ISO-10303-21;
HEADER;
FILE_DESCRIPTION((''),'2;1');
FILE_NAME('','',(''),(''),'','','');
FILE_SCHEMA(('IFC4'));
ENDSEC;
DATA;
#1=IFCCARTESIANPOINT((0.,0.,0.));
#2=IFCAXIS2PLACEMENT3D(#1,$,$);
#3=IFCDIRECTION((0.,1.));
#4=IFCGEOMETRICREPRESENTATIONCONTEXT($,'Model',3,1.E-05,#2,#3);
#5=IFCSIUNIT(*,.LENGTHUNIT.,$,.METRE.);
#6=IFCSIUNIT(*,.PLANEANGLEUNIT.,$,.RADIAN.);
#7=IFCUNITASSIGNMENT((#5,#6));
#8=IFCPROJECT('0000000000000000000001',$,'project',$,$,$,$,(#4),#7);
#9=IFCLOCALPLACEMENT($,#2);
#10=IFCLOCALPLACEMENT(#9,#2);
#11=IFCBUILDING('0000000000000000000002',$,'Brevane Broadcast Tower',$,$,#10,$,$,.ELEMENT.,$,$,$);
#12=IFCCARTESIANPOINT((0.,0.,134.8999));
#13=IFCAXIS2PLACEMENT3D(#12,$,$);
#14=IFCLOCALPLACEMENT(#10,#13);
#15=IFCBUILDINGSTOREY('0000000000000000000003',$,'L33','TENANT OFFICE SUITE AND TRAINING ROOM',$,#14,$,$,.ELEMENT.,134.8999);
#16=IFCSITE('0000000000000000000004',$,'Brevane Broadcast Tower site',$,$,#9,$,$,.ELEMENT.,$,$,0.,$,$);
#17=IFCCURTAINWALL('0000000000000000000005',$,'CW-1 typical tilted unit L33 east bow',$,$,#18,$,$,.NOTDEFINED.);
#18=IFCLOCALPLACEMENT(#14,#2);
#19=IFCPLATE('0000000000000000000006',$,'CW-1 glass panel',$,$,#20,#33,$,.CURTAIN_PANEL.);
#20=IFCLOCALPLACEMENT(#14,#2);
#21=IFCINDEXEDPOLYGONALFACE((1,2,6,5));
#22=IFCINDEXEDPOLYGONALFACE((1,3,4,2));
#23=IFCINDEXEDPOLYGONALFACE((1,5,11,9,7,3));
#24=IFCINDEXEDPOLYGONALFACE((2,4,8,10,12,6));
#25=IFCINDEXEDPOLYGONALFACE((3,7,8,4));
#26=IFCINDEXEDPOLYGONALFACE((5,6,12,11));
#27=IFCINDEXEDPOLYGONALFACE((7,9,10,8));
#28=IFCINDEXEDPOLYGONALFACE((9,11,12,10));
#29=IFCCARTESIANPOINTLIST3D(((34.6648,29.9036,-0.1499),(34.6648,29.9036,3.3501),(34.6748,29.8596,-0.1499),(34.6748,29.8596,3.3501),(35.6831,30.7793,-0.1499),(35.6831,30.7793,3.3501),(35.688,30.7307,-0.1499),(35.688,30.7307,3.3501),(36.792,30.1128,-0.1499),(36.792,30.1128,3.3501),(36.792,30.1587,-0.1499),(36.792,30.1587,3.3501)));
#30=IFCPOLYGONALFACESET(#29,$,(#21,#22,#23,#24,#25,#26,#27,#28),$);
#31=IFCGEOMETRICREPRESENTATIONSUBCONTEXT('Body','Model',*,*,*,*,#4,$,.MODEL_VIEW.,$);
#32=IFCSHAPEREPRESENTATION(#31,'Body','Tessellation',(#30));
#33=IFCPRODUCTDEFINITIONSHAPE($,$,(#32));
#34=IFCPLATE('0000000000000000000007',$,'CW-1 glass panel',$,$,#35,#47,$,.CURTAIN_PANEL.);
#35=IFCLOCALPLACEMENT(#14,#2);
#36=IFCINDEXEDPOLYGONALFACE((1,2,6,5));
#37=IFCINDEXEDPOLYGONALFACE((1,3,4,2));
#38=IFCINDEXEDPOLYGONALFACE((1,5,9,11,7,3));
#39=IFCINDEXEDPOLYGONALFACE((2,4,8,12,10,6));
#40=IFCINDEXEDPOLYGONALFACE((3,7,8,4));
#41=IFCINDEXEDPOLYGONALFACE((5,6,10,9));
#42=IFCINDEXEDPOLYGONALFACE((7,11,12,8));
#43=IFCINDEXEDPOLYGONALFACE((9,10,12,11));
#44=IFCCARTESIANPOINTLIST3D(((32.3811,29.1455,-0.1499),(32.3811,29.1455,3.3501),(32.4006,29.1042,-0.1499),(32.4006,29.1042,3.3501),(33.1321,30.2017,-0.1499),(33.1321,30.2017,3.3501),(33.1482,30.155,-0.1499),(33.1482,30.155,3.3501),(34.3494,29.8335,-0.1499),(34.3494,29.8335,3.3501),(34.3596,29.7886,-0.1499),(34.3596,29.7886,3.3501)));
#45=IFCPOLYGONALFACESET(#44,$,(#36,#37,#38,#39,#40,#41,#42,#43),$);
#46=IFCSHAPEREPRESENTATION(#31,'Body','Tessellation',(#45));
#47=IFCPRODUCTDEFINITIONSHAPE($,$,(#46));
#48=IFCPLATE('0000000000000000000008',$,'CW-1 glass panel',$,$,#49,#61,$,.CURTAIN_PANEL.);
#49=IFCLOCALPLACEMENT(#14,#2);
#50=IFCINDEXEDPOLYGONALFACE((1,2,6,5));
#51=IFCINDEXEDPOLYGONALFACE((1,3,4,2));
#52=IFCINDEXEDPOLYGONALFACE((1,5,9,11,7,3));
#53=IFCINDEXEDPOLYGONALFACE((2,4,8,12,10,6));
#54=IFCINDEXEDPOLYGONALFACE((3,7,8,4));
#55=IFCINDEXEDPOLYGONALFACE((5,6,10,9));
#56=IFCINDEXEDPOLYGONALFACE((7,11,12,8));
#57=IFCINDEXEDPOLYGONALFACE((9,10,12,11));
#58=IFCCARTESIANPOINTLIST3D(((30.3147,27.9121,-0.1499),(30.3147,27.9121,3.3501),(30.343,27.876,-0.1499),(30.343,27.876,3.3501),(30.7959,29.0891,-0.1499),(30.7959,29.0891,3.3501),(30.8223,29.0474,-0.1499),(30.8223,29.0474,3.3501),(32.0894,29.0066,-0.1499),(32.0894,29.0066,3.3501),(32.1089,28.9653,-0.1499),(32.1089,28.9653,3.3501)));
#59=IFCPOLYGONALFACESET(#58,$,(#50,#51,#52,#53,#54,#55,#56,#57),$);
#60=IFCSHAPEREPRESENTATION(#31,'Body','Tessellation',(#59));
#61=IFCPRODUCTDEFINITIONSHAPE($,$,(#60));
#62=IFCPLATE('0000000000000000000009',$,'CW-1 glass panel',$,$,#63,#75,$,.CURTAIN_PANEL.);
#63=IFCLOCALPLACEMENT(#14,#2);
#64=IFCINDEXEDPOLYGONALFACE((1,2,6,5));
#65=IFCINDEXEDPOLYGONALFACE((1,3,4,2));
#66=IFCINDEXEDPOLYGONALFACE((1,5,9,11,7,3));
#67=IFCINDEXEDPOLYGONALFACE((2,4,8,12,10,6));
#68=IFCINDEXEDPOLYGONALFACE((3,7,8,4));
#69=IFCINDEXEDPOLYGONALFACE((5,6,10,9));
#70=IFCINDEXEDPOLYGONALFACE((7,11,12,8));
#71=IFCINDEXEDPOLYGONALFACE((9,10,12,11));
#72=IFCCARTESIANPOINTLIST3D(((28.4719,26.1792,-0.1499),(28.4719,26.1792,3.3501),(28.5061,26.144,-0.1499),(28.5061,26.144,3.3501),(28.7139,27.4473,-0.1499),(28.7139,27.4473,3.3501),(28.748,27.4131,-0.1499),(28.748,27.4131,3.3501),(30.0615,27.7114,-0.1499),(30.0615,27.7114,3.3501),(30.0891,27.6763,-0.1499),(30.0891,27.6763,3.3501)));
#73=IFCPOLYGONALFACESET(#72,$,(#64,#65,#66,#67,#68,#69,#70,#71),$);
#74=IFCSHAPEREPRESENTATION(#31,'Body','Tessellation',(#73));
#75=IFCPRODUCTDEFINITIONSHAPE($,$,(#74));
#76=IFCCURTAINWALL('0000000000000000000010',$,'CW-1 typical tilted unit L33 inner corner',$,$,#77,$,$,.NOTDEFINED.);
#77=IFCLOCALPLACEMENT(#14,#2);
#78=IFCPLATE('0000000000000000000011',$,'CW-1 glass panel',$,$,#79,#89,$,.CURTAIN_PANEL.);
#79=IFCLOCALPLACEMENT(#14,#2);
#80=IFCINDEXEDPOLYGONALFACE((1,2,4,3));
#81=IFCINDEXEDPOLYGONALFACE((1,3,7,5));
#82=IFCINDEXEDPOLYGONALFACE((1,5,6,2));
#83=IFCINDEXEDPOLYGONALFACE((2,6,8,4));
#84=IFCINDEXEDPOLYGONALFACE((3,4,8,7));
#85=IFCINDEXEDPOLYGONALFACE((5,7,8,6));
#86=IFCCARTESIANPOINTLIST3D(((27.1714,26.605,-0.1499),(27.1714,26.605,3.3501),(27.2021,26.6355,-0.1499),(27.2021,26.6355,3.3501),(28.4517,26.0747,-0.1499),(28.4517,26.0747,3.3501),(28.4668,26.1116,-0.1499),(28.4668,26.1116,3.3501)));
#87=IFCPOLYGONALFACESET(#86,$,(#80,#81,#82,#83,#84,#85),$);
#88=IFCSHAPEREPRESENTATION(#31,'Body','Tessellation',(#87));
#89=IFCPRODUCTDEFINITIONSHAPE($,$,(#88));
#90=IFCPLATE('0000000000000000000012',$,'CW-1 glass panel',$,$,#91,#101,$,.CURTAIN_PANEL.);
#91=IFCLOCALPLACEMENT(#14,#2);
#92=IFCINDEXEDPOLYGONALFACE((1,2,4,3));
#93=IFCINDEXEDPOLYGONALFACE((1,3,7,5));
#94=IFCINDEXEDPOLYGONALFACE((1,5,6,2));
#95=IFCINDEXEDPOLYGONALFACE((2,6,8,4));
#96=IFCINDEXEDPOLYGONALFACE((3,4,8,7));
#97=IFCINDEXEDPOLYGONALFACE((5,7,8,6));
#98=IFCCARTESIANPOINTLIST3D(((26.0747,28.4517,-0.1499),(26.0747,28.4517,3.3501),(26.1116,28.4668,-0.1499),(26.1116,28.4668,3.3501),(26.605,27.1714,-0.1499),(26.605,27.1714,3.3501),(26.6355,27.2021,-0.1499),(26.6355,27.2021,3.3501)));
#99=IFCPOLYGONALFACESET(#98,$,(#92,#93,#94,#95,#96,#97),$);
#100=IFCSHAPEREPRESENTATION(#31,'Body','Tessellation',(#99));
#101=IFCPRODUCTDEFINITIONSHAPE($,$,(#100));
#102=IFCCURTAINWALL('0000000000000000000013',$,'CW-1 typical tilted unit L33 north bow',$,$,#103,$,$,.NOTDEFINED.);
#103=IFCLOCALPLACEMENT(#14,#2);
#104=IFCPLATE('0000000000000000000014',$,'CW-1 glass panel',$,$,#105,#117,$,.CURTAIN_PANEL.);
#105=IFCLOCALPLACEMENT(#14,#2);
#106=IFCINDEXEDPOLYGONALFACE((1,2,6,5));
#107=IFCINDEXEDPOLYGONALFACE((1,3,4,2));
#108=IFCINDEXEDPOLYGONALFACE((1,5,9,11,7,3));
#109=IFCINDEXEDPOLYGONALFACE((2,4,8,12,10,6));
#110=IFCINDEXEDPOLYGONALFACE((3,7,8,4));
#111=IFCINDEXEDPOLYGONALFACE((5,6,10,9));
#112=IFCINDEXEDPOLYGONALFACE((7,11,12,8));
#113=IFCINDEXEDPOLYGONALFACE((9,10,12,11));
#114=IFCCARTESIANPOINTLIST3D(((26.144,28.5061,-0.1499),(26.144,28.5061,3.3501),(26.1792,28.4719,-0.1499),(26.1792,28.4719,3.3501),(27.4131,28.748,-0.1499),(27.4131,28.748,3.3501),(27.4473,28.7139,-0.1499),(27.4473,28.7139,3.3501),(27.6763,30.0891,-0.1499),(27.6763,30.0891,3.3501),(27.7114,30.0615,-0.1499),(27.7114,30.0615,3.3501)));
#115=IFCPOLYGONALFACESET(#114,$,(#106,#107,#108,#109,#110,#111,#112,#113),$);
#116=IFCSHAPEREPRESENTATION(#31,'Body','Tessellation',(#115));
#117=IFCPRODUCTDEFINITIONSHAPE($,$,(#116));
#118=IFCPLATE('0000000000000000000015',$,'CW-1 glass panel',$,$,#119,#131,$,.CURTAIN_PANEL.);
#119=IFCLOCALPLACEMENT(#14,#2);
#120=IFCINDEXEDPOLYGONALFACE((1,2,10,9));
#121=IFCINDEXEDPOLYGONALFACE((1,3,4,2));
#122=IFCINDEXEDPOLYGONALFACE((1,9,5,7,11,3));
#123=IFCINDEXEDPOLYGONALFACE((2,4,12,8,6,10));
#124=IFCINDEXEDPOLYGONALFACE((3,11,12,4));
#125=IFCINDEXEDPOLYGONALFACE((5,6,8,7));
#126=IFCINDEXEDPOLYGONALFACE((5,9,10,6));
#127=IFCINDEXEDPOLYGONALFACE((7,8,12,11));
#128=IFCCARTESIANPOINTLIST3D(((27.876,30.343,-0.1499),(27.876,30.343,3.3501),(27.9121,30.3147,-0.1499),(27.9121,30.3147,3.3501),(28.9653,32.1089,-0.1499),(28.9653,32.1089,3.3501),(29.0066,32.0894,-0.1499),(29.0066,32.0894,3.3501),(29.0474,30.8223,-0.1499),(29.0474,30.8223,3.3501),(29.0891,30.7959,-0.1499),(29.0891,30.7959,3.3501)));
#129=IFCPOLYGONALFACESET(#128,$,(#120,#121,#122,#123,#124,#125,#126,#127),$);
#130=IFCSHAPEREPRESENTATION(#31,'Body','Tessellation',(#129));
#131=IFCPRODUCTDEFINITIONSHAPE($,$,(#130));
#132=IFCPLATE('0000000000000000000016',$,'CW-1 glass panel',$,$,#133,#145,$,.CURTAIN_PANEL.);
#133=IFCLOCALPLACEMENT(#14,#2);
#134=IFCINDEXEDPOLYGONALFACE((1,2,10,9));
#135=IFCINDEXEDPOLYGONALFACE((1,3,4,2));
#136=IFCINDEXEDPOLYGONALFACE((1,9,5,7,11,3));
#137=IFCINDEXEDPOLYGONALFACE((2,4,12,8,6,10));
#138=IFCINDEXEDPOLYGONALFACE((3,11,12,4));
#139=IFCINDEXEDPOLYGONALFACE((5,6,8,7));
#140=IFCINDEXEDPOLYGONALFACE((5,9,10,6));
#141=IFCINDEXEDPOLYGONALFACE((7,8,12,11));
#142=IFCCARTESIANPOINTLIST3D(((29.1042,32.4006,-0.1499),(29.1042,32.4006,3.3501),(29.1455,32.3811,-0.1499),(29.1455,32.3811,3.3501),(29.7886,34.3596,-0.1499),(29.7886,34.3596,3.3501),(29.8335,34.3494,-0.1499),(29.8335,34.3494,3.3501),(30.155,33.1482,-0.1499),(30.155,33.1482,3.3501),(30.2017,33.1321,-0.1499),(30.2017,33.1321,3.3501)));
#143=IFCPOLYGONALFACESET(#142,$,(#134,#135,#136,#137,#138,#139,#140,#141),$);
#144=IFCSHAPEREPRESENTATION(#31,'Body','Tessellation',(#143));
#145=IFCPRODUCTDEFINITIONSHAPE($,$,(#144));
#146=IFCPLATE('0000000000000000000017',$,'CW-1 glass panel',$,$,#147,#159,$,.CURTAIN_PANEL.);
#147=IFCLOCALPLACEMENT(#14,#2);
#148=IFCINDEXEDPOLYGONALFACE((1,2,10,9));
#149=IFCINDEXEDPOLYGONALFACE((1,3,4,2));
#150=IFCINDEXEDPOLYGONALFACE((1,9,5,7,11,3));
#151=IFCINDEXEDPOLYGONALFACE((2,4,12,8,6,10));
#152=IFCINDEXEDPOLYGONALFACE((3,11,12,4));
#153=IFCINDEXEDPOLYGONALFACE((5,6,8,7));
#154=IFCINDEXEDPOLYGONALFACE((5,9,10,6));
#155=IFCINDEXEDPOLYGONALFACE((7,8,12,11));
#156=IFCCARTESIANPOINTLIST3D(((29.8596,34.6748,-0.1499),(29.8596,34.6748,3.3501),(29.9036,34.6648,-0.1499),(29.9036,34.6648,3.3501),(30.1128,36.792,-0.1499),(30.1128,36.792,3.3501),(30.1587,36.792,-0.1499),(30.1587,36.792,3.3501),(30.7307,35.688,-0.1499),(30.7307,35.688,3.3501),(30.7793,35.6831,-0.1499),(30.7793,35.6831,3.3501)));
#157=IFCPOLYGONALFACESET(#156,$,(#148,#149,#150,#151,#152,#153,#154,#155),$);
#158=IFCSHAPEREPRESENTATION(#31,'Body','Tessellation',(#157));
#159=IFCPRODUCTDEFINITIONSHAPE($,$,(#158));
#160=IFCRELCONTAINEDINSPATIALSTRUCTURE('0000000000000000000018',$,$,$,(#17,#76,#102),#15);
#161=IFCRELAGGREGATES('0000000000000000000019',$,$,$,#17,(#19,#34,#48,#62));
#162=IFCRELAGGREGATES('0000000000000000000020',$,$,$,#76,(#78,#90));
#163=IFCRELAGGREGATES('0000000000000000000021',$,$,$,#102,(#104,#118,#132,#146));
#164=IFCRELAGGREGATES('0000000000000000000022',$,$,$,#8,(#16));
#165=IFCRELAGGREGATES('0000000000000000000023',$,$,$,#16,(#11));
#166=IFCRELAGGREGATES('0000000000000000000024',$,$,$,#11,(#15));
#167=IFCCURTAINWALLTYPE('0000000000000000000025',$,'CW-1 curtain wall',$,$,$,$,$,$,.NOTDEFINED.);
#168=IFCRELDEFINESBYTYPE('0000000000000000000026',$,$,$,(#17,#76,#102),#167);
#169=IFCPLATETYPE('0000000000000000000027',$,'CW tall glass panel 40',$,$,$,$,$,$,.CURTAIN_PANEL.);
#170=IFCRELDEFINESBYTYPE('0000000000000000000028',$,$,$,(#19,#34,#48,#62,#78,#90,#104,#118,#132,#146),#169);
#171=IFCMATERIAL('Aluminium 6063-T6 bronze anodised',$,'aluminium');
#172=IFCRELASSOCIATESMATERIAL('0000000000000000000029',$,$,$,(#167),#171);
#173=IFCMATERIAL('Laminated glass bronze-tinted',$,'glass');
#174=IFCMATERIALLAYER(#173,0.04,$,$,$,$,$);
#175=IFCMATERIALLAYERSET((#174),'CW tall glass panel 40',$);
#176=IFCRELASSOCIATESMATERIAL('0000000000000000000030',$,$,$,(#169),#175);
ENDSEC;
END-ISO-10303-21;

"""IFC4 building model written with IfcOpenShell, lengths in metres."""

from ifc_helpers import new_model, si_unit, direction, frame, origin, place, context, subcontext, project, spatial, polyline, outline, extrude, material, layer, layer_set, type_object, element, aggregate, save


model = new_model("IFC4")

# Units and contexts
model_context = context("Model", 3, precision=1e-05, world=origin(), true_north=direction((0.0, 1.0)))
body_context = subcontext(model_context, "Body", "Model", "MODEL_VIEW")
ifc_project = project(units=[si_unit("LENGTHUNIT", "METRE"), si_unit("PLANEANGLEUNIT", "RADIAN")], contexts=[model_context])

# Site, building, storey
site_placement = place(None, origin())
site = spatial("IfcSite", under=ifc_project, at=site_placement, Name="Brevane Broadcast Tower site", CompositionType="ELEMENT", RefElevation=0.0)
building_placement = place(site_placement, origin())
building = spatial("IfcBuilding", under=site, at=building_placement, Name="Brevane Broadcast Tower", CompositionType="ELEMENT")
storey_placement = place(building_placement, frame((0.0, 0.0, 134.8999)))
storey = spatial("IfcBuildingStorey", under=building, at=storey_placement, Name="L33", Description="TENANT OFFICE SUITE AND TRAINING ROOM", CompositionType="ELEMENT", Elevation=134.8999)

# Curtain walls, plates
ifc_material_1 = material(Name="Aluminium 6063-T6 bronze anodised", Category="aluminium")
curtain_wall_type = type_object("IfcCurtainWallType", Name="CW-1 curtain wall", PredefinedType="NOTDEFINED", material=ifc_material_1)
ifc_material_2 = material(Name="Laminated glass bronze-tinted", Category="glass")
ifc_layer = layer(ifc_material_2, 0.04)
ifc_layer_set = layer_set([ifc_layer], Name="CW tall glass panel 40")
plate_type = type_object("IfcPlateType", Name="CW tall glass panel 40", PredefinedType="CURTAIN_PANEL", material=ifc_layer_set)
curtain_wall_1_placement = place(storey_placement, origin())
curtain_wall_1 = element("IfcCurtainWall", 1, at=curtain_wall_1_placement, inside=storey, type_object=curtain_wall_type, Name="CW-1 typical tilted unit L33 east bow", PredefinedType="NOTDEFINED")
plate_1_placement = place(storey_placement, frame((0.0, 0.0, -0.1499)))
plate_1 = element("IfcPlate", 2, at=plate_1_placement, type_object=plate_type, Name="CW-1 glass panel", PredefinedType="CURTAIN_PANEL", context=body_context, shape_type="SweptSolid", body=[
    extrude(outline(polyline([(36.792, 30.1128), (36.792, 30.1587), (35.6831, 30.7793), (34.6648, 29.9036), (34.6748, 29.8596), (35.688, 30.7307), (36.792, 30.1128)])), origin(), (0.0, 0.0, 1.0), 3.5),
])
plate_2_placement = place(storey_placement, frame((0.0, 0.0, -0.1499)))
plate_2 = element("IfcPlate", 3, at=plate_2_placement, type_object=plate_type, Name="CW-1 glass panel", PredefinedType="CURTAIN_PANEL", context=body_context, shape_type="SweptSolid", body=[
    extrude(outline(polyline([(34.3596, 29.7886), (34.3494, 29.8335), (33.1321, 30.2017), (32.3811, 29.1455), (32.4006, 29.1042), (33.1482, 30.155), (34.3596, 29.7886)])), origin(), (0.0, 0.0, 1.0), 3.5),
])
plate_3_placement = place(storey_placement, frame((0.0, 0.0, -0.1499)))
plate_3 = element("IfcPlate", 4, at=plate_3_placement, type_object=plate_type, Name="CW-1 glass panel", PredefinedType="CURTAIN_PANEL", context=body_context, shape_type="SweptSolid", body=[
    extrude(outline(polyline([(32.1089, 28.9653), (32.0894, 29.0066), (30.7959, 29.0891), (30.3147, 27.9121), (30.343, 27.876), (30.8223, 29.0474), (32.1089, 28.9653)])), origin(), (0.0, 0.0, 1.0), 3.5),
])
plate_4_placement = place(storey_placement, frame((0.0, 0.0, -0.1499)))
plate_4 = element("IfcPlate", 5, at=plate_4_placement, type_object=plate_type, Name="CW-1 glass panel", PredefinedType="CURTAIN_PANEL", context=body_context, shape_type="SweptSolid", body=[
    extrude(outline(polyline([(30.0891, 27.6763), (30.0615, 27.7114), (28.7139, 27.4473), (28.4719, 26.1792), (28.5061, 26.144), (28.748, 27.4131), (30.0891, 27.6763)])), origin(), (0.0, 0.0, 1.0), 3.5),
])
aggregate(curtain_wall_1, [plate_1, plate_2, plate_3, plate_4])
curtain_wall_2_placement = place(storey_placement, origin())
curtain_wall_2 = element("IfcCurtainWall", 6, at=curtain_wall_2_placement, inside=storey, type_object=curtain_wall_type, Name="CW-1 typical tilted unit L33 inner corner", PredefinedType="NOTDEFINED")
plate_5_placement = place(storey_placement, frame((0.0, 0.0, -0.1499)))
plate_5 = element("IfcPlate", 7, at=plate_5_placement, type_object=plate_type, Name="CW-1 glass panel", PredefinedType="CURTAIN_PANEL", context=body_context, shape_type="SweptSolid", body=[
    extrude(outline(polyline([(28.4517, 26.0747), (28.4668, 26.1116), (27.2021, 26.6355), (27.1714, 26.605), (28.4517, 26.0747)])), origin(), (0.0, 0.0, 1.0), 3.5),
])
plate_6_placement = place(storey_placement, frame((0.0, 0.0, -0.1499)))
plate_6 = element("IfcPlate", 8, at=plate_6_placement, type_object=plate_type, Name="CW-1 glass panel", PredefinedType="CURTAIN_PANEL", context=body_context, shape_type="SweptSolid", body=[
    extrude(outline(polyline([(26.605, 27.1714), (26.6355, 27.2021), (26.1116, 28.4668), (26.0747, 28.4517), (26.605, 27.1714)])), origin(), (0.0, 0.0, 1.0), 3.5),
])
aggregate(curtain_wall_2, [plate_5, plate_6])
curtain_wall_3_placement = place(storey_placement, origin())
curtain_wall_3 = element("IfcCurtainWall", 9, at=curtain_wall_3_placement, inside=storey, type_object=curtain_wall_type, Name="CW-1 typical tilted unit L33 north bow", PredefinedType="NOTDEFINED")
plate_7_placement = place(storey_placement, frame((0.0, 0.0, -0.1499)))
plate_7 = element("IfcPlate", 10, at=plate_7_placement, type_object=plate_type, Name="CW-1 glass panel", PredefinedType="CURTAIN_PANEL", context=body_context, shape_type="SweptSolid", body=[
    extrude(outline(polyline([(26.144, 28.5061), (26.1792, 28.4719), (27.4473, 28.7139), (27.7114, 30.0615), (27.6763, 30.0891), (27.4131, 28.748), (26.144, 28.5061)])), origin(), (0.0, 0.0, 1.0), 3.5),
])
plate_8_placement = place(storey_placement, frame((0.0, 0.0, -0.1499)))
plate_8 = element("IfcPlate", 11, at=plate_8_placement, type_object=plate_type, Name="CW-1 glass panel", PredefinedType="CURTAIN_PANEL", context=body_context, shape_type="SweptSolid", body=[
    extrude(outline(polyline([(27.876, 30.343), (27.9121, 30.3147), (29.0891, 30.7959), (29.0066, 32.0894), (28.9653, 32.1089), (29.0474, 30.8223), (27.876, 30.343)])), origin(), (0.0, 0.0, 1.0), 3.5),
])
plate_9_placement = place(storey_placement, frame((0.0, 0.0, -0.1499)))
plate_9 = element("IfcPlate", 12, at=plate_9_placement, type_object=plate_type, Name="CW-1 glass panel", PredefinedType="CURTAIN_PANEL", context=body_context, shape_type="SweptSolid", body=[
    extrude(outline(polyline([(29.1042, 32.4006), (29.1455, 32.3811), (30.2017, 33.1321), (29.8335, 34.3494), (29.7886, 34.3596), (30.155, 33.1482), (29.1042, 32.4006)])), origin(), (0.0, 0.0, 1.0), 3.5),
])
plate_10_placement = place(storey_placement, frame((0.0, 0.0, -0.1499)))
plate_10 = element("IfcPlate", 13, at=plate_10_placement, type_object=plate_type, Name="CW-1 glass panel", PredefinedType="CURTAIN_PANEL", context=body_context, shape_type="SweptSolid", body=[
    extrude(outline(polyline([(29.8596, 34.6748), (29.9036, 34.6648), (30.7793, 35.6831), (30.1587, 36.792), (30.1128, 36.792), (30.7307, 35.688), (29.8596, 34.6748)])), origin(), (0.0, 0.0, 1.0), 3.5),
])
aggregate(curtain_wall_3, [plate_7, plate_8, plate_9, plate_10])

save(model, "model.ifc")
